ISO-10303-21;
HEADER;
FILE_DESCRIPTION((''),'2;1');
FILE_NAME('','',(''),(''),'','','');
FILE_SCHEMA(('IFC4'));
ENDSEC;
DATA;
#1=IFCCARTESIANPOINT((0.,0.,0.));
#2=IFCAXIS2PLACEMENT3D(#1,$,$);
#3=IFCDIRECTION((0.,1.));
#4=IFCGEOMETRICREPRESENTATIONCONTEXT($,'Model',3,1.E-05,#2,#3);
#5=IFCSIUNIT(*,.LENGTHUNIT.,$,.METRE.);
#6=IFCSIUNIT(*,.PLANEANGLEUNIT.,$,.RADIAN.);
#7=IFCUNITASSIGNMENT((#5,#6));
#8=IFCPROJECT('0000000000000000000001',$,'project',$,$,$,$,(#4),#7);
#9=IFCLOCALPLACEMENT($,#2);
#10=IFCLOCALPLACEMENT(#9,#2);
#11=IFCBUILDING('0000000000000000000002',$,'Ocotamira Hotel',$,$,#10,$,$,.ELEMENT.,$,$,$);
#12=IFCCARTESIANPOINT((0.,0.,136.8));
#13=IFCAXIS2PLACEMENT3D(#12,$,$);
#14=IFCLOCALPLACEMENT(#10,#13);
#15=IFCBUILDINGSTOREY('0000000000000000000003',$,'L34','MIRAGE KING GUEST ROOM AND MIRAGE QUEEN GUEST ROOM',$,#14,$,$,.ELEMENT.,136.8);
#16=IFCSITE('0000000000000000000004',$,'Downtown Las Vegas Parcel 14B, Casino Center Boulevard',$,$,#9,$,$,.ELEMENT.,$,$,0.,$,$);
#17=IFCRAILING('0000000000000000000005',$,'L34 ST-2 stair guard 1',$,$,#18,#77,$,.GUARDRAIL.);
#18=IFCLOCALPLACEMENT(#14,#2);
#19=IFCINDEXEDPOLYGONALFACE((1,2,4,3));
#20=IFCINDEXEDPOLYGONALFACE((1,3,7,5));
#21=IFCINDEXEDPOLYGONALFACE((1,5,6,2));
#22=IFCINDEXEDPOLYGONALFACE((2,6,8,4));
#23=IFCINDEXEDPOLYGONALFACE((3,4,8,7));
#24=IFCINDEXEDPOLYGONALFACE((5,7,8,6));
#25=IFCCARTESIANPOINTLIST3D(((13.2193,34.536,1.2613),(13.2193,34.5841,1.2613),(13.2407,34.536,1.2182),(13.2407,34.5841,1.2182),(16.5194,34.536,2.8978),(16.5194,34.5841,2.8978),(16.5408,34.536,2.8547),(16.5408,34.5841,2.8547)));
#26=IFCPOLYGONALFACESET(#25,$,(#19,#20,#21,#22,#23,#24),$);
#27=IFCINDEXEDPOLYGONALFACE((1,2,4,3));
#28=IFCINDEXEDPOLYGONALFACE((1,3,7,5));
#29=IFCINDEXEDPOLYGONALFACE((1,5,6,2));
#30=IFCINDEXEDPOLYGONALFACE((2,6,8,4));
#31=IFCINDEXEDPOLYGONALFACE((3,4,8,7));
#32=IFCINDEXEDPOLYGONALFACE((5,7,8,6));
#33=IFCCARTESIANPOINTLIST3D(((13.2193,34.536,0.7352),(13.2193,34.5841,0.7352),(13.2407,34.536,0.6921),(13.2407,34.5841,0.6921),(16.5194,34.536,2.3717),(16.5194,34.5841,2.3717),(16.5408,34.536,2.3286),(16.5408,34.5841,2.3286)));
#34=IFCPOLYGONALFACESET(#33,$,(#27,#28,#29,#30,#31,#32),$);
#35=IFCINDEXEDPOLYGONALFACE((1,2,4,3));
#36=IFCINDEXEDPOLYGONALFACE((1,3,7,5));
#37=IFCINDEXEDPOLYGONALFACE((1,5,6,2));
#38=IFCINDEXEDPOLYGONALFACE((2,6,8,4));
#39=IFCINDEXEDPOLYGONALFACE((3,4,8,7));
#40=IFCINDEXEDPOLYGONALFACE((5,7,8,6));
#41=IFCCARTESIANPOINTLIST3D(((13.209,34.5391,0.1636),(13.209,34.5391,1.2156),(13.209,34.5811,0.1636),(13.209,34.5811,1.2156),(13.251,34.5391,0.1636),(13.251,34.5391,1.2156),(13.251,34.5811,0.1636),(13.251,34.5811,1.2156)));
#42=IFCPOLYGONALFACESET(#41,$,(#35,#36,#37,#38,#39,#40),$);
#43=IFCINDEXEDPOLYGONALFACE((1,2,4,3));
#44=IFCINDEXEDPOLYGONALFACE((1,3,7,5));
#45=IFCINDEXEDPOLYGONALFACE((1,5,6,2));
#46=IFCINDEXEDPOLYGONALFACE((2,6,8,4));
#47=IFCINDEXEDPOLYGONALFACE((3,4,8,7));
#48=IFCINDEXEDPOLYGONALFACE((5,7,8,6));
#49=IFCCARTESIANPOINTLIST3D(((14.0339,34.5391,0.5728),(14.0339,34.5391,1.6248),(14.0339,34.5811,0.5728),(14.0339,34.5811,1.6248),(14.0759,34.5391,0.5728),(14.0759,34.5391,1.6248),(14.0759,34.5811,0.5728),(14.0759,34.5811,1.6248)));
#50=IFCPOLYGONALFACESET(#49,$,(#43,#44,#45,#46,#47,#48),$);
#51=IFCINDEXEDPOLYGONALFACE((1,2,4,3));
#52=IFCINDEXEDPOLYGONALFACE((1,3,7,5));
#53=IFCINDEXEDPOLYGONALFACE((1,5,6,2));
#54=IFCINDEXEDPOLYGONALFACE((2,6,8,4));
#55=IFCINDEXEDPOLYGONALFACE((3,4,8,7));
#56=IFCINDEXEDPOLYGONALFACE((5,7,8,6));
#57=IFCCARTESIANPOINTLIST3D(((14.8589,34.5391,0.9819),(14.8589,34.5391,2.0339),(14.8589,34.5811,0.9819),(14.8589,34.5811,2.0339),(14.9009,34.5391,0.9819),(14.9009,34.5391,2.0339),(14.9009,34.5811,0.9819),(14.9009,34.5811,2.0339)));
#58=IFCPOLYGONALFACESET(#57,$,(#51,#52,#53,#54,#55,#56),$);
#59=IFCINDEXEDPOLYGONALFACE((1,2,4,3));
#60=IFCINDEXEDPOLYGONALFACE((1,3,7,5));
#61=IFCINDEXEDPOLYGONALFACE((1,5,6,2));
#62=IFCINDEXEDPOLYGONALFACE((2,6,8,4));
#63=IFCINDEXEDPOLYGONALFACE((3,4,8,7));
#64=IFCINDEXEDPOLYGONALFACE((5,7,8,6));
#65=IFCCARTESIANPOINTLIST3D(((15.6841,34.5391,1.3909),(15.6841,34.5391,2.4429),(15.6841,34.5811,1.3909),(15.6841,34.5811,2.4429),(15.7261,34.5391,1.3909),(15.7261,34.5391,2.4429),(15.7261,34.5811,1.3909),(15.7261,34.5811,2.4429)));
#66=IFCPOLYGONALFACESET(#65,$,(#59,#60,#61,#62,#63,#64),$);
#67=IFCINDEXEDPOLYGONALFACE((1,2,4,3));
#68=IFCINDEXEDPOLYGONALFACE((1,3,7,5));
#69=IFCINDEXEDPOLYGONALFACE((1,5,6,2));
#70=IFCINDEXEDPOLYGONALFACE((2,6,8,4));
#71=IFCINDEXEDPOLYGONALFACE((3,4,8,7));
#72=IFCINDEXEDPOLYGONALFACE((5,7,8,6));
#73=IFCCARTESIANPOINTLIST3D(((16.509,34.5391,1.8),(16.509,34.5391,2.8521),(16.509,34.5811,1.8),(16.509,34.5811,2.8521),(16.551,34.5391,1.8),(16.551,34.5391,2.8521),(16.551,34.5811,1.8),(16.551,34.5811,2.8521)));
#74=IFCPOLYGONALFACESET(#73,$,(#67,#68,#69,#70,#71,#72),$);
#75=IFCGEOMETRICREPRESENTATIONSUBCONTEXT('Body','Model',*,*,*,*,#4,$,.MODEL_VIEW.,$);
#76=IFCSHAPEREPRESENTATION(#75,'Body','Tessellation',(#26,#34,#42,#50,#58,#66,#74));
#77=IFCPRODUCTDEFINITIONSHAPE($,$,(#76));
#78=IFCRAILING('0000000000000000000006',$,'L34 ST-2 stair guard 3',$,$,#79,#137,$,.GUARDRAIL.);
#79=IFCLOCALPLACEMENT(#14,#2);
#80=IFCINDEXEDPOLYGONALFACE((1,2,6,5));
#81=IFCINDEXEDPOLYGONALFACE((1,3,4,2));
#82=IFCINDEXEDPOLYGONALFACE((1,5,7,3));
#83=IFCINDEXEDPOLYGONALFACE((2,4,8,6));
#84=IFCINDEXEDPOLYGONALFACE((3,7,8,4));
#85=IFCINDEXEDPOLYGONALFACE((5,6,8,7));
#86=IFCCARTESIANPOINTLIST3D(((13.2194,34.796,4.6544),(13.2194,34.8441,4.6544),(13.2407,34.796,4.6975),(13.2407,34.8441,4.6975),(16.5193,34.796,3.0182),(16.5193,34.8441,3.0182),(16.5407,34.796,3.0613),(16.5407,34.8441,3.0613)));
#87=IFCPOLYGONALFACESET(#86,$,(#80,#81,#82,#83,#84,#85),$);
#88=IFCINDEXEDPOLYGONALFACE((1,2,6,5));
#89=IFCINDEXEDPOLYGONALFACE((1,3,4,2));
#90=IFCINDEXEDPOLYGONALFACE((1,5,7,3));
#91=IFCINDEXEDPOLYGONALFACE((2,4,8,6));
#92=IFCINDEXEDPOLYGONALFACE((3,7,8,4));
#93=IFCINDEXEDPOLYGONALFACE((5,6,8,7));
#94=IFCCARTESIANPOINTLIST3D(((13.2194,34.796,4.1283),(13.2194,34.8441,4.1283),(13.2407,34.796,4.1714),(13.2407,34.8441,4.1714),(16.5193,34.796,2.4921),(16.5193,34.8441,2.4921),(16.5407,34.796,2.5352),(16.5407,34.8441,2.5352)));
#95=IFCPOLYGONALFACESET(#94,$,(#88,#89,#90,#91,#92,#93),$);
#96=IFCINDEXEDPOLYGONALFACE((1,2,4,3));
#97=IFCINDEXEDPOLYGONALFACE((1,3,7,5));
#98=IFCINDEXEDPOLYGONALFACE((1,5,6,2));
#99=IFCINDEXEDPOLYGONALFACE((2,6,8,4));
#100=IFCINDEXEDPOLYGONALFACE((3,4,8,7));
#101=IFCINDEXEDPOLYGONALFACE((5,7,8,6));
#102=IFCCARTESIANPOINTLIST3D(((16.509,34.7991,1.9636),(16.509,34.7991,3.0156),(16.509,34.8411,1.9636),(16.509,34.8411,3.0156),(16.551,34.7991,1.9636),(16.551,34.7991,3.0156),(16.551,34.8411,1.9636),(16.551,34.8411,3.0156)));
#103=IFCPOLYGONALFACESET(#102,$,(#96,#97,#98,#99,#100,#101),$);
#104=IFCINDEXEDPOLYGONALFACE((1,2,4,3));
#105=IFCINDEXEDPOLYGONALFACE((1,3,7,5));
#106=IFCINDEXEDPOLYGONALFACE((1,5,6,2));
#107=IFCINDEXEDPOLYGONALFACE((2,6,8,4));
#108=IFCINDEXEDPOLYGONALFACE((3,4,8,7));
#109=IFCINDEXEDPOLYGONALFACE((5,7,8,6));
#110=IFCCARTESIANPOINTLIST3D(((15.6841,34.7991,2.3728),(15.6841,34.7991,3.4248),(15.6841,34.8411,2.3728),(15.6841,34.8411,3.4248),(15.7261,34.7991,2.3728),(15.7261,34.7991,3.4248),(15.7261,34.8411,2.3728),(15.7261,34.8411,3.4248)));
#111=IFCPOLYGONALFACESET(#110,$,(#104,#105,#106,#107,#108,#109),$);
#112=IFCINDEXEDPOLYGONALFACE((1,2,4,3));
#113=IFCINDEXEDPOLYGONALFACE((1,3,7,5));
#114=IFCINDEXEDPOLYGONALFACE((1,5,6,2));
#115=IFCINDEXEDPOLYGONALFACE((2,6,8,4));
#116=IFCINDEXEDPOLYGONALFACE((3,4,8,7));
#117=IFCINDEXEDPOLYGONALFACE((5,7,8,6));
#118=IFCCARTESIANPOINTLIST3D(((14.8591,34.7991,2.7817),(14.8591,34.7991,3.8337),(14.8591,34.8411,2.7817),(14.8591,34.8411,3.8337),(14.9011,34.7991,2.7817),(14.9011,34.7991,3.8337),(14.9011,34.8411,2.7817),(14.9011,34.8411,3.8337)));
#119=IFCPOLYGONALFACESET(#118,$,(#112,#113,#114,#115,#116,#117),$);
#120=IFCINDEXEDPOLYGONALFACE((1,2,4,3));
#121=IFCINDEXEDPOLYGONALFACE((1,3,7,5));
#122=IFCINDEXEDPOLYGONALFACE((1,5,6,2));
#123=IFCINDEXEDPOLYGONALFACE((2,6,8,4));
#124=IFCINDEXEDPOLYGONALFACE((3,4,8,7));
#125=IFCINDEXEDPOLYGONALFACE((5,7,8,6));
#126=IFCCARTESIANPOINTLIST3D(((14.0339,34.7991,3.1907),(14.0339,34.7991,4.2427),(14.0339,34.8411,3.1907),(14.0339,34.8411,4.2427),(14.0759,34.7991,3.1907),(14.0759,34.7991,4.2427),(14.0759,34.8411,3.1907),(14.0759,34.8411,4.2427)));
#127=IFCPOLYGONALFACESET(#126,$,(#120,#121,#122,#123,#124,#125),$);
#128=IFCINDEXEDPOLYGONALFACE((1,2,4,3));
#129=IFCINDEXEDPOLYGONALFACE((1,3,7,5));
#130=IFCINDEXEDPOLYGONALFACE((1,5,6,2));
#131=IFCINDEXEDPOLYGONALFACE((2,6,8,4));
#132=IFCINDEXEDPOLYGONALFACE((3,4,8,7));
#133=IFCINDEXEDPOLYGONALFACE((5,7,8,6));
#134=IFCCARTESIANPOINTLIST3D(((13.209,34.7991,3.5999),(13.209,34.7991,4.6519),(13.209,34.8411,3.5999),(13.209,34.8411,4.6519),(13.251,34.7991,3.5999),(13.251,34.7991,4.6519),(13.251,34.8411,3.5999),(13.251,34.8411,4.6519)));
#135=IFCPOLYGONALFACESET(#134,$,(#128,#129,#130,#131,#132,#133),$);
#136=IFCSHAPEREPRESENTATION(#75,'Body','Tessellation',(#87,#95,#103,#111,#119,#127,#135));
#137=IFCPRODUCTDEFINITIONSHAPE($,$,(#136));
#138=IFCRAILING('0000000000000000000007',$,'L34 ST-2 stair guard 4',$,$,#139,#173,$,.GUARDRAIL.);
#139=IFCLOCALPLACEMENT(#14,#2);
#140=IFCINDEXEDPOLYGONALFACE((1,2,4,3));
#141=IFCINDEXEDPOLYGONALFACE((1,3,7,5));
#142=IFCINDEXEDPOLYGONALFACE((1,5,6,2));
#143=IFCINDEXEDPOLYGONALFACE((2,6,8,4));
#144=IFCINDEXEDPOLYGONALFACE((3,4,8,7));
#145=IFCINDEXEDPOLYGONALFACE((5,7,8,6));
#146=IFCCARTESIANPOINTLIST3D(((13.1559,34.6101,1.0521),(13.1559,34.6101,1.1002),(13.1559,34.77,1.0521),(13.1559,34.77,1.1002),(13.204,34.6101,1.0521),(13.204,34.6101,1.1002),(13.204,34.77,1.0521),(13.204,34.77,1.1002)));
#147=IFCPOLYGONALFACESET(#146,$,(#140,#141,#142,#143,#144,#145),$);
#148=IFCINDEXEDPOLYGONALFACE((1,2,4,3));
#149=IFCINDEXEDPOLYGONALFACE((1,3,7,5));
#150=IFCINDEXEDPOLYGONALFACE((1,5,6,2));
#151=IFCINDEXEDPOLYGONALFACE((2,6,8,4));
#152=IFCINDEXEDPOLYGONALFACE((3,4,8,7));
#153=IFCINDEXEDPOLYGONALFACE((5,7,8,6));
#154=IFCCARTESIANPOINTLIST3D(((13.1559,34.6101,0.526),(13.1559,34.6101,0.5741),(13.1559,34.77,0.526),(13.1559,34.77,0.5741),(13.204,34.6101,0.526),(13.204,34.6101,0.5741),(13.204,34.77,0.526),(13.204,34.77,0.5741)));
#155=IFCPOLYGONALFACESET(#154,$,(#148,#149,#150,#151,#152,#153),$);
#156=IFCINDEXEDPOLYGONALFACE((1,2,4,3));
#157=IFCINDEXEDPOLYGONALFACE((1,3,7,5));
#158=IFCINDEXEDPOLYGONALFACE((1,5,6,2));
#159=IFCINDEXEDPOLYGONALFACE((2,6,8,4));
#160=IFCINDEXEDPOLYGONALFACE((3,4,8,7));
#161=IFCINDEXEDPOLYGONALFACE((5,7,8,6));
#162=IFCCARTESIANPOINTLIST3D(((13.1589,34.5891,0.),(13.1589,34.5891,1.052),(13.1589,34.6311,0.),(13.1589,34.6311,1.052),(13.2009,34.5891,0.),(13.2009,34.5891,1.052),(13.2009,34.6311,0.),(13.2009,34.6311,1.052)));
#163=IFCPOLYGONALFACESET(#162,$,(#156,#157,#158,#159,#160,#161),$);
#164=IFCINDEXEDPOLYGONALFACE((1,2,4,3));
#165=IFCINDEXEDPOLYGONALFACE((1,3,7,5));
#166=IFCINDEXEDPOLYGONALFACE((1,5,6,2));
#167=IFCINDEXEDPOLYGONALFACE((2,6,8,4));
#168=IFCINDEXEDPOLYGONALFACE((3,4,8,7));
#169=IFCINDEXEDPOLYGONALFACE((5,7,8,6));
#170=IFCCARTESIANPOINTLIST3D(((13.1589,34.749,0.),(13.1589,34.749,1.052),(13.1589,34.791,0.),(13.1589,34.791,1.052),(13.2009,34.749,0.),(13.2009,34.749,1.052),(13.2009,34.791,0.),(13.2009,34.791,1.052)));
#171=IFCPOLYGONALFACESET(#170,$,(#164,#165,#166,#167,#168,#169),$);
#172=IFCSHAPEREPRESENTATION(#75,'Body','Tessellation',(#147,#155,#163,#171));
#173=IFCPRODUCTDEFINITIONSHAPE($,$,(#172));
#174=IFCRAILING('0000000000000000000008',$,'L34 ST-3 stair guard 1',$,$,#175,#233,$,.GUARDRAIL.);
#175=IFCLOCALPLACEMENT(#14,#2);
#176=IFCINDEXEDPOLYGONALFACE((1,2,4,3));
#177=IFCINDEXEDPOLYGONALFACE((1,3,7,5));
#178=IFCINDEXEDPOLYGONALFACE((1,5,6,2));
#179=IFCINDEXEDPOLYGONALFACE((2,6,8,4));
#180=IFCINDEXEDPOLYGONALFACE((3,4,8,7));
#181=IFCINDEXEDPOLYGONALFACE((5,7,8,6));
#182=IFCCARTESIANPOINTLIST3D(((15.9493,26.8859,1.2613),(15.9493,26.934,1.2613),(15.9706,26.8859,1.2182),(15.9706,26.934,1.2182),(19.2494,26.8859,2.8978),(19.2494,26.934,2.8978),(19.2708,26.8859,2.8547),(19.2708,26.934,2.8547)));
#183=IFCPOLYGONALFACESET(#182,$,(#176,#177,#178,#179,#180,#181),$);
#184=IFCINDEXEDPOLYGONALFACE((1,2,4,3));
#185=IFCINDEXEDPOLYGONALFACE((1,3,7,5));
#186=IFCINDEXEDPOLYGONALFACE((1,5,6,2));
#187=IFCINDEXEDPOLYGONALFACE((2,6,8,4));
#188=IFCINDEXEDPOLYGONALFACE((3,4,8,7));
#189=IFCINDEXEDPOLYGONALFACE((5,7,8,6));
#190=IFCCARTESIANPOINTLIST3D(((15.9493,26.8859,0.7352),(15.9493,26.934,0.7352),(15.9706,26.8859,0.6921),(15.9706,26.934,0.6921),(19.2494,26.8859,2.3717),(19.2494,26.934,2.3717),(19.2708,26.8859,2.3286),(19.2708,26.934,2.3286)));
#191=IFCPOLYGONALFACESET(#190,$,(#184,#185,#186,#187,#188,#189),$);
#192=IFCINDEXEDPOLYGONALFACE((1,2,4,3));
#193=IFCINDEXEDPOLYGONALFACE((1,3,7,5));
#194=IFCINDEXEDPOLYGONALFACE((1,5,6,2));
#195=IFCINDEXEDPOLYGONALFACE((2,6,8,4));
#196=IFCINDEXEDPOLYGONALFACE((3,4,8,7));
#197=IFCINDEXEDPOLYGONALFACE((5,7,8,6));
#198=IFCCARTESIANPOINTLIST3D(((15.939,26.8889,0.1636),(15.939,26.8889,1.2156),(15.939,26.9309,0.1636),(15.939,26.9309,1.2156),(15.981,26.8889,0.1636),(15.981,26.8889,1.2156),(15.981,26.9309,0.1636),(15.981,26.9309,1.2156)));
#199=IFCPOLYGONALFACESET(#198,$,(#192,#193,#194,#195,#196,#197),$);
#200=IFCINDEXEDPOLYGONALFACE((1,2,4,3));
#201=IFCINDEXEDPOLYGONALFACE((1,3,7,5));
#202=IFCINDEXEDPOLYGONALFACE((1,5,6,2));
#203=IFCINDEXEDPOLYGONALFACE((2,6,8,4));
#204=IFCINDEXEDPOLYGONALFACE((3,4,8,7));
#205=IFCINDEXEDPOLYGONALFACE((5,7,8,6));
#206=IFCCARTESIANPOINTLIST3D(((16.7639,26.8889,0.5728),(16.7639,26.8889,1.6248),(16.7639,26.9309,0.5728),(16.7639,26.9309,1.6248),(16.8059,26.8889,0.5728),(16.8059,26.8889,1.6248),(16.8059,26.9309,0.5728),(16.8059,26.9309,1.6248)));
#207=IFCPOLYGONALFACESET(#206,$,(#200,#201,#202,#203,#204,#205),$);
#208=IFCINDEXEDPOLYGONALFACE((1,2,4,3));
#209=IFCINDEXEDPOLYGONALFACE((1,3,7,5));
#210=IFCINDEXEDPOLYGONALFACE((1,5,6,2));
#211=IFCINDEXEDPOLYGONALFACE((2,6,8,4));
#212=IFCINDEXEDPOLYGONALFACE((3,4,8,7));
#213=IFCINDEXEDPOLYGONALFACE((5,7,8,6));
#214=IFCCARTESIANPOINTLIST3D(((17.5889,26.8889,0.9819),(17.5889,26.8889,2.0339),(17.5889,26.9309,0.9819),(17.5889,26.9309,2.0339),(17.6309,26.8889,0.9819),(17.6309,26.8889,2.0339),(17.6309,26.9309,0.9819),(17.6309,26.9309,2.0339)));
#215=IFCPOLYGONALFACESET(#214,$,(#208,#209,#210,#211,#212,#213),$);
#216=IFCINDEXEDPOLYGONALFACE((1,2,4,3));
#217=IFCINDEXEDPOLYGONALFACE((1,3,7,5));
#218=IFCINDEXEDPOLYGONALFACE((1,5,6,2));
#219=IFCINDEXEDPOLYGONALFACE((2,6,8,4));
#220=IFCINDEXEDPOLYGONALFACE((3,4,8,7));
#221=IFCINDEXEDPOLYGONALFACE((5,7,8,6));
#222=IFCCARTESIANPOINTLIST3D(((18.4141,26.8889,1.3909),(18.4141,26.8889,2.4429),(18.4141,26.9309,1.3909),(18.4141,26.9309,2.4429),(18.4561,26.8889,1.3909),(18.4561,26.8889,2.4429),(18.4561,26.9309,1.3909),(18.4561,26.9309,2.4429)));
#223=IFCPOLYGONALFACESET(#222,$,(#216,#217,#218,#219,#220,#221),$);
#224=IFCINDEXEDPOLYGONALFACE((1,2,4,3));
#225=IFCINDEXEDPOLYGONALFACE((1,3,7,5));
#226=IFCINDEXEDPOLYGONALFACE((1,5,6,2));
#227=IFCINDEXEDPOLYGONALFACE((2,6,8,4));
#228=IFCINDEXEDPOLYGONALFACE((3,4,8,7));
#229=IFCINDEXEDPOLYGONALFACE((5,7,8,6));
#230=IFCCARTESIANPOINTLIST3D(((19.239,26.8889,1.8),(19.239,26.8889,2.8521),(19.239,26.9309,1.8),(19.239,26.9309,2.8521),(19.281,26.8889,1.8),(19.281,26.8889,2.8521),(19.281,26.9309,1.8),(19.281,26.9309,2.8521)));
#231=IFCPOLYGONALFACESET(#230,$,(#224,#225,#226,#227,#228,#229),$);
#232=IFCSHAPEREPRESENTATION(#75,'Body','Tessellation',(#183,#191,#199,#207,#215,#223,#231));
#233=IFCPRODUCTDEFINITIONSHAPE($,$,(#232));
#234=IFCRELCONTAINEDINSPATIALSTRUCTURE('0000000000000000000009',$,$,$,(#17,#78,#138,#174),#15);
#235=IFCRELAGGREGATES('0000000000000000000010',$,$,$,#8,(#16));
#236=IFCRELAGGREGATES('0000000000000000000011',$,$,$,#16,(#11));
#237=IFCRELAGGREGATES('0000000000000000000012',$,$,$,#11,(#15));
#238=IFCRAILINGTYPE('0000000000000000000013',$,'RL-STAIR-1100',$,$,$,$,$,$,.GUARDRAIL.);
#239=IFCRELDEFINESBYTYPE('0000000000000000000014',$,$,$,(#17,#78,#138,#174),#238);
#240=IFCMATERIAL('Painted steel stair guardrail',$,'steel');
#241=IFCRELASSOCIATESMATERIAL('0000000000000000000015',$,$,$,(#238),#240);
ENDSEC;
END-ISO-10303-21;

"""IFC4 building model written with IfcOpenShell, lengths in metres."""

from ifc_helpers import new_model, si_unit, direction, frame, origin, origin_2d, place, context, subcontext, project, spatial, rectangle, extrude, material, type_object, element, save


model = new_model("IFC4")

# Units and contexts
model_context = context("Model", 3, precision=1e-05, world=origin(), true_north=direction((0.0, 1.0)))
body_context = subcontext(model_context, "Body", "Model", "MODEL_VIEW")
ifc_project = project(units=[si_unit("LENGTHUNIT", "METRE"), si_unit("PLANEANGLEUNIT", "RADIAN")], contexts=[model_context])

# Site, building, storey
site_placement = place(None, origin())
site = spatial("IfcSite", under=ifc_project, at=site_placement, Name="Downtown Las Vegas Parcel 14B, Casino Center Boulevard", CompositionType="ELEMENT", RefElevation=0.0)
building_placement = place(site_placement, origin())
building = spatial("IfcBuilding", under=site, at=building_placement, Name="Ocotamira Hotel", CompositionType="ELEMENT")
storey_placement = place(building_placement, frame((0.0, 0.0, 136.8)))
storey = spatial("IfcBuildingStorey", under=building, at=storey_placement, Name="L34", Description="MIRAGE KING GUEST ROOM AND MIRAGE QUEEN GUEST ROOM", CompositionType="ELEMENT", Elevation=136.8)

# Railings
ifc_material_1 = material(Name="Painted steel stair guardrail", Category="steel")
railing_type_1 = type_object("IfcRailingType", Name="RL-STAIR-1100", PredefinedType="GUARDRAIL", material=ifc_material_1)
railing_1_placement = place(storey_placement, frame((13.23, 34.5601, 0.1636)))
element("IfcRailing", 1, at=railing_1_placement, inside=storey, type_object=railing_type_1, Name="L34 ST-2 stair guard 1", PredefinedType="GUARDRAIL", context=body_context, shape_type="SweptSolid", body=[
    extrude(rectangle(XDim=0.0481, YDim=0.0481, at=origin_2d()), frame((0.0, 0.0, 1.0762), z_axis=(0.895894, 0.0, 0.444268), x_axis=(0.0, 1.0, 0.0)), (0.0, 0.0, 1.0), 3.6836),
    extrude(rectangle(XDim=0.0481, YDim=0.0481, at=origin_2d()), frame((0.0, 0.0, 0.55), z_axis=(0.895894, 0.0, 0.444268), x_axis=(0.0, 1.0, 0.0)), (0.0, 0.0, 1.0), 3.6836),
    extrude(rectangle(XDim=0.042, YDim=0.042, at=origin_2d()), origin(), (0.0, 0.0, 1.0), 1.052),
    extrude(rectangle(XDim=0.042, YDim=0.042, at=origin_2d()), frame((0.825, 0.0, 0.4092)), (0.0, 0.0, 1.0), 1.052),
    extrude(rectangle(XDim=0.042, YDim=0.042, at=origin_2d()), frame((1.6499, 0.0, 0.8184)), (0.0, 0.0, 1.0), 1.052),
    extrude(rectangle(XDim=0.042, YDim=0.042, at=origin_2d()), frame((2.4751, 0.0, 1.2273)), (0.0, 0.0, 1.0), 1.052),
    extrude(rectangle(XDim=0.042, YDim=0.042, at=origin_2d()), frame((3.3, 0.0, 1.6365)), (0.0, 0.0, 1.0), 1.052),
])
railing_2_placement = place(storey_placement, frame((16.53, 34.8201, 1.9636)))
element("IfcRailing", 2, at=railing_2_placement, inside=storey, type_object=railing_type_1, Name="L34 ST-2 stair guard 3", PredefinedType="GUARDRAIL", context=body_context, shape_type="SweptSolid", body=[
    extrude(rectangle(XDim=0.0481, YDim=0.0481, at=origin_2d()), frame((0.0, 0.0, 1.0762), z_axis=(-0.89592, 0.0, 0.444215), x_axis=(0.0, -1.0, 0.0)), (0.0, 0.0, 1.0), 3.6833),
    extrude(rectangle(XDim=0.0481, YDim=0.0481, at=origin_2d()), frame((0.0, 0.0, 0.55), z_axis=(-0.89592, 0.0, 0.444215), x_axis=(0.0, -1.0, 0.0)), (0.0, 0.0, 1.0), 3.6833),
    extrude(rectangle(XDim=0.042, YDim=0.042, at=origin_2d()), origin(), (0.0, 0.0, 1.0), 1.052),
    extrude(rectangle(XDim=0.042, YDim=0.042, at=origin_2d()), frame((-0.825, 0.0, 0.4092)), (0.0, 0.0, 1.0), 1.052),
    extrude(rectangle(XDim=0.042, YDim=0.042, at=origin_2d()), frame((-1.6499, 0.0, 0.8181)), (0.0, 0.0, 1.0), 1.052),
    extrude(rectangle(XDim=0.042, YDim=0.042, at=origin_2d()), frame((-2.4751, 0.0, 1.2271)), (0.0, 0.0, 1.0), 1.052),
    extrude(rectangle(XDim=0.042, YDim=0.042, at=origin_2d()), frame((-3.3, 0.0, 1.6362)), (0.0, 0.0, 1.0), 1.052),
])
railing_3_placement = place(storey_placement, frame((13.1799, 34.6101, 0.0)))
element("IfcRailing", 3, at=railing_3_placement, inside=storey, type_object=railing_type_1, Name="L34 ST-2 stair guard 4", PredefinedType="GUARDRAIL", context=body_context, shape_type="SweptSolid", body=[
    extrude(rectangle(XDim=0.0481, YDim=0.0481, at=origin_2d()), frame((0.0, 0.0, 1.0762), z_axis=(0.0, 1.0, 0.0), x_axis=(-1.0, 0.0, 0.0)), (0.0, 0.0, 1.0), 0.1599),
    extrude(rectangle(XDim=0.0481, YDim=0.0481, at=origin_2d()), frame((0.0, 0.0, 0.55), z_axis=(0.0, 1.0, 0.0), x_axis=(-1.0, 0.0, 0.0)), (0.0, 0.0, 1.0), 0.1599),
    extrude(rectangle(XDim=0.042, YDim=0.042, at=origin_2d()), origin(), (0.0, 0.0, 1.0), 1.052),
    extrude(rectangle(XDim=0.042, YDim=0.042, at=origin_2d()), frame((0.0, 0.1599, 0.0)), (0.0, 0.0, 1.0), 1.052),
])
railing_4_placement = place(storey_placement, frame((15.96, 26.9099, 0.1636)))
element("IfcRailing", 4, at=railing_4_placement, inside=storey, type_object=railing_type_1, Name="L34 ST-3 stair guard 1", PredefinedType="GUARDRAIL", context=body_context, shape_type="SweptSolid", body=[
    extrude(rectangle(XDim=0.0481, YDim=0.0481, at=origin_2d()), frame((0.0, 0.0, 1.0762), z_axis=(0.895894, 0.0, 0.444268), x_axis=(0.0, 1.0, 0.0)), (0.0, 0.0, 1.0), 3.6836),
    extrude(rectangle(XDim=0.0481, YDim=0.0481, at=origin_2d()), frame((0.0, 0.0, 0.55), z_axis=(0.895894, 0.0, 0.444268), x_axis=(0.0, 1.0, 0.0)), (0.0, 0.0, 1.0), 3.6836),
    extrude(rectangle(XDim=0.042, YDim=0.042, at=origin_2d()), origin(), (0.0, 0.0, 1.0), 1.052),
    extrude(rectangle(XDim=0.042, YDim=0.042, at=origin_2d()), frame((0.825, 0.0, 0.4092)), (0.0, 0.0, 1.0), 1.052),
    extrude(rectangle(XDim=0.042, YDim=0.042, at=origin_2d()), frame((1.6499, 0.0, 0.8184)), (0.0, 0.0, 1.0), 1.052),
    extrude(rectangle(XDim=0.042, YDim=0.042, at=origin_2d()), frame((2.4751, 0.0, 1.2273)), (0.0, 0.0, 1.0), 1.052),
    extrude(rectangle(XDim=0.042, YDim=0.042, at=origin_2d()), frame((3.3, 0.0, 1.6365)), (0.0, 0.0, 1.0), 1.052),
])

save(model, "model.ifc")
